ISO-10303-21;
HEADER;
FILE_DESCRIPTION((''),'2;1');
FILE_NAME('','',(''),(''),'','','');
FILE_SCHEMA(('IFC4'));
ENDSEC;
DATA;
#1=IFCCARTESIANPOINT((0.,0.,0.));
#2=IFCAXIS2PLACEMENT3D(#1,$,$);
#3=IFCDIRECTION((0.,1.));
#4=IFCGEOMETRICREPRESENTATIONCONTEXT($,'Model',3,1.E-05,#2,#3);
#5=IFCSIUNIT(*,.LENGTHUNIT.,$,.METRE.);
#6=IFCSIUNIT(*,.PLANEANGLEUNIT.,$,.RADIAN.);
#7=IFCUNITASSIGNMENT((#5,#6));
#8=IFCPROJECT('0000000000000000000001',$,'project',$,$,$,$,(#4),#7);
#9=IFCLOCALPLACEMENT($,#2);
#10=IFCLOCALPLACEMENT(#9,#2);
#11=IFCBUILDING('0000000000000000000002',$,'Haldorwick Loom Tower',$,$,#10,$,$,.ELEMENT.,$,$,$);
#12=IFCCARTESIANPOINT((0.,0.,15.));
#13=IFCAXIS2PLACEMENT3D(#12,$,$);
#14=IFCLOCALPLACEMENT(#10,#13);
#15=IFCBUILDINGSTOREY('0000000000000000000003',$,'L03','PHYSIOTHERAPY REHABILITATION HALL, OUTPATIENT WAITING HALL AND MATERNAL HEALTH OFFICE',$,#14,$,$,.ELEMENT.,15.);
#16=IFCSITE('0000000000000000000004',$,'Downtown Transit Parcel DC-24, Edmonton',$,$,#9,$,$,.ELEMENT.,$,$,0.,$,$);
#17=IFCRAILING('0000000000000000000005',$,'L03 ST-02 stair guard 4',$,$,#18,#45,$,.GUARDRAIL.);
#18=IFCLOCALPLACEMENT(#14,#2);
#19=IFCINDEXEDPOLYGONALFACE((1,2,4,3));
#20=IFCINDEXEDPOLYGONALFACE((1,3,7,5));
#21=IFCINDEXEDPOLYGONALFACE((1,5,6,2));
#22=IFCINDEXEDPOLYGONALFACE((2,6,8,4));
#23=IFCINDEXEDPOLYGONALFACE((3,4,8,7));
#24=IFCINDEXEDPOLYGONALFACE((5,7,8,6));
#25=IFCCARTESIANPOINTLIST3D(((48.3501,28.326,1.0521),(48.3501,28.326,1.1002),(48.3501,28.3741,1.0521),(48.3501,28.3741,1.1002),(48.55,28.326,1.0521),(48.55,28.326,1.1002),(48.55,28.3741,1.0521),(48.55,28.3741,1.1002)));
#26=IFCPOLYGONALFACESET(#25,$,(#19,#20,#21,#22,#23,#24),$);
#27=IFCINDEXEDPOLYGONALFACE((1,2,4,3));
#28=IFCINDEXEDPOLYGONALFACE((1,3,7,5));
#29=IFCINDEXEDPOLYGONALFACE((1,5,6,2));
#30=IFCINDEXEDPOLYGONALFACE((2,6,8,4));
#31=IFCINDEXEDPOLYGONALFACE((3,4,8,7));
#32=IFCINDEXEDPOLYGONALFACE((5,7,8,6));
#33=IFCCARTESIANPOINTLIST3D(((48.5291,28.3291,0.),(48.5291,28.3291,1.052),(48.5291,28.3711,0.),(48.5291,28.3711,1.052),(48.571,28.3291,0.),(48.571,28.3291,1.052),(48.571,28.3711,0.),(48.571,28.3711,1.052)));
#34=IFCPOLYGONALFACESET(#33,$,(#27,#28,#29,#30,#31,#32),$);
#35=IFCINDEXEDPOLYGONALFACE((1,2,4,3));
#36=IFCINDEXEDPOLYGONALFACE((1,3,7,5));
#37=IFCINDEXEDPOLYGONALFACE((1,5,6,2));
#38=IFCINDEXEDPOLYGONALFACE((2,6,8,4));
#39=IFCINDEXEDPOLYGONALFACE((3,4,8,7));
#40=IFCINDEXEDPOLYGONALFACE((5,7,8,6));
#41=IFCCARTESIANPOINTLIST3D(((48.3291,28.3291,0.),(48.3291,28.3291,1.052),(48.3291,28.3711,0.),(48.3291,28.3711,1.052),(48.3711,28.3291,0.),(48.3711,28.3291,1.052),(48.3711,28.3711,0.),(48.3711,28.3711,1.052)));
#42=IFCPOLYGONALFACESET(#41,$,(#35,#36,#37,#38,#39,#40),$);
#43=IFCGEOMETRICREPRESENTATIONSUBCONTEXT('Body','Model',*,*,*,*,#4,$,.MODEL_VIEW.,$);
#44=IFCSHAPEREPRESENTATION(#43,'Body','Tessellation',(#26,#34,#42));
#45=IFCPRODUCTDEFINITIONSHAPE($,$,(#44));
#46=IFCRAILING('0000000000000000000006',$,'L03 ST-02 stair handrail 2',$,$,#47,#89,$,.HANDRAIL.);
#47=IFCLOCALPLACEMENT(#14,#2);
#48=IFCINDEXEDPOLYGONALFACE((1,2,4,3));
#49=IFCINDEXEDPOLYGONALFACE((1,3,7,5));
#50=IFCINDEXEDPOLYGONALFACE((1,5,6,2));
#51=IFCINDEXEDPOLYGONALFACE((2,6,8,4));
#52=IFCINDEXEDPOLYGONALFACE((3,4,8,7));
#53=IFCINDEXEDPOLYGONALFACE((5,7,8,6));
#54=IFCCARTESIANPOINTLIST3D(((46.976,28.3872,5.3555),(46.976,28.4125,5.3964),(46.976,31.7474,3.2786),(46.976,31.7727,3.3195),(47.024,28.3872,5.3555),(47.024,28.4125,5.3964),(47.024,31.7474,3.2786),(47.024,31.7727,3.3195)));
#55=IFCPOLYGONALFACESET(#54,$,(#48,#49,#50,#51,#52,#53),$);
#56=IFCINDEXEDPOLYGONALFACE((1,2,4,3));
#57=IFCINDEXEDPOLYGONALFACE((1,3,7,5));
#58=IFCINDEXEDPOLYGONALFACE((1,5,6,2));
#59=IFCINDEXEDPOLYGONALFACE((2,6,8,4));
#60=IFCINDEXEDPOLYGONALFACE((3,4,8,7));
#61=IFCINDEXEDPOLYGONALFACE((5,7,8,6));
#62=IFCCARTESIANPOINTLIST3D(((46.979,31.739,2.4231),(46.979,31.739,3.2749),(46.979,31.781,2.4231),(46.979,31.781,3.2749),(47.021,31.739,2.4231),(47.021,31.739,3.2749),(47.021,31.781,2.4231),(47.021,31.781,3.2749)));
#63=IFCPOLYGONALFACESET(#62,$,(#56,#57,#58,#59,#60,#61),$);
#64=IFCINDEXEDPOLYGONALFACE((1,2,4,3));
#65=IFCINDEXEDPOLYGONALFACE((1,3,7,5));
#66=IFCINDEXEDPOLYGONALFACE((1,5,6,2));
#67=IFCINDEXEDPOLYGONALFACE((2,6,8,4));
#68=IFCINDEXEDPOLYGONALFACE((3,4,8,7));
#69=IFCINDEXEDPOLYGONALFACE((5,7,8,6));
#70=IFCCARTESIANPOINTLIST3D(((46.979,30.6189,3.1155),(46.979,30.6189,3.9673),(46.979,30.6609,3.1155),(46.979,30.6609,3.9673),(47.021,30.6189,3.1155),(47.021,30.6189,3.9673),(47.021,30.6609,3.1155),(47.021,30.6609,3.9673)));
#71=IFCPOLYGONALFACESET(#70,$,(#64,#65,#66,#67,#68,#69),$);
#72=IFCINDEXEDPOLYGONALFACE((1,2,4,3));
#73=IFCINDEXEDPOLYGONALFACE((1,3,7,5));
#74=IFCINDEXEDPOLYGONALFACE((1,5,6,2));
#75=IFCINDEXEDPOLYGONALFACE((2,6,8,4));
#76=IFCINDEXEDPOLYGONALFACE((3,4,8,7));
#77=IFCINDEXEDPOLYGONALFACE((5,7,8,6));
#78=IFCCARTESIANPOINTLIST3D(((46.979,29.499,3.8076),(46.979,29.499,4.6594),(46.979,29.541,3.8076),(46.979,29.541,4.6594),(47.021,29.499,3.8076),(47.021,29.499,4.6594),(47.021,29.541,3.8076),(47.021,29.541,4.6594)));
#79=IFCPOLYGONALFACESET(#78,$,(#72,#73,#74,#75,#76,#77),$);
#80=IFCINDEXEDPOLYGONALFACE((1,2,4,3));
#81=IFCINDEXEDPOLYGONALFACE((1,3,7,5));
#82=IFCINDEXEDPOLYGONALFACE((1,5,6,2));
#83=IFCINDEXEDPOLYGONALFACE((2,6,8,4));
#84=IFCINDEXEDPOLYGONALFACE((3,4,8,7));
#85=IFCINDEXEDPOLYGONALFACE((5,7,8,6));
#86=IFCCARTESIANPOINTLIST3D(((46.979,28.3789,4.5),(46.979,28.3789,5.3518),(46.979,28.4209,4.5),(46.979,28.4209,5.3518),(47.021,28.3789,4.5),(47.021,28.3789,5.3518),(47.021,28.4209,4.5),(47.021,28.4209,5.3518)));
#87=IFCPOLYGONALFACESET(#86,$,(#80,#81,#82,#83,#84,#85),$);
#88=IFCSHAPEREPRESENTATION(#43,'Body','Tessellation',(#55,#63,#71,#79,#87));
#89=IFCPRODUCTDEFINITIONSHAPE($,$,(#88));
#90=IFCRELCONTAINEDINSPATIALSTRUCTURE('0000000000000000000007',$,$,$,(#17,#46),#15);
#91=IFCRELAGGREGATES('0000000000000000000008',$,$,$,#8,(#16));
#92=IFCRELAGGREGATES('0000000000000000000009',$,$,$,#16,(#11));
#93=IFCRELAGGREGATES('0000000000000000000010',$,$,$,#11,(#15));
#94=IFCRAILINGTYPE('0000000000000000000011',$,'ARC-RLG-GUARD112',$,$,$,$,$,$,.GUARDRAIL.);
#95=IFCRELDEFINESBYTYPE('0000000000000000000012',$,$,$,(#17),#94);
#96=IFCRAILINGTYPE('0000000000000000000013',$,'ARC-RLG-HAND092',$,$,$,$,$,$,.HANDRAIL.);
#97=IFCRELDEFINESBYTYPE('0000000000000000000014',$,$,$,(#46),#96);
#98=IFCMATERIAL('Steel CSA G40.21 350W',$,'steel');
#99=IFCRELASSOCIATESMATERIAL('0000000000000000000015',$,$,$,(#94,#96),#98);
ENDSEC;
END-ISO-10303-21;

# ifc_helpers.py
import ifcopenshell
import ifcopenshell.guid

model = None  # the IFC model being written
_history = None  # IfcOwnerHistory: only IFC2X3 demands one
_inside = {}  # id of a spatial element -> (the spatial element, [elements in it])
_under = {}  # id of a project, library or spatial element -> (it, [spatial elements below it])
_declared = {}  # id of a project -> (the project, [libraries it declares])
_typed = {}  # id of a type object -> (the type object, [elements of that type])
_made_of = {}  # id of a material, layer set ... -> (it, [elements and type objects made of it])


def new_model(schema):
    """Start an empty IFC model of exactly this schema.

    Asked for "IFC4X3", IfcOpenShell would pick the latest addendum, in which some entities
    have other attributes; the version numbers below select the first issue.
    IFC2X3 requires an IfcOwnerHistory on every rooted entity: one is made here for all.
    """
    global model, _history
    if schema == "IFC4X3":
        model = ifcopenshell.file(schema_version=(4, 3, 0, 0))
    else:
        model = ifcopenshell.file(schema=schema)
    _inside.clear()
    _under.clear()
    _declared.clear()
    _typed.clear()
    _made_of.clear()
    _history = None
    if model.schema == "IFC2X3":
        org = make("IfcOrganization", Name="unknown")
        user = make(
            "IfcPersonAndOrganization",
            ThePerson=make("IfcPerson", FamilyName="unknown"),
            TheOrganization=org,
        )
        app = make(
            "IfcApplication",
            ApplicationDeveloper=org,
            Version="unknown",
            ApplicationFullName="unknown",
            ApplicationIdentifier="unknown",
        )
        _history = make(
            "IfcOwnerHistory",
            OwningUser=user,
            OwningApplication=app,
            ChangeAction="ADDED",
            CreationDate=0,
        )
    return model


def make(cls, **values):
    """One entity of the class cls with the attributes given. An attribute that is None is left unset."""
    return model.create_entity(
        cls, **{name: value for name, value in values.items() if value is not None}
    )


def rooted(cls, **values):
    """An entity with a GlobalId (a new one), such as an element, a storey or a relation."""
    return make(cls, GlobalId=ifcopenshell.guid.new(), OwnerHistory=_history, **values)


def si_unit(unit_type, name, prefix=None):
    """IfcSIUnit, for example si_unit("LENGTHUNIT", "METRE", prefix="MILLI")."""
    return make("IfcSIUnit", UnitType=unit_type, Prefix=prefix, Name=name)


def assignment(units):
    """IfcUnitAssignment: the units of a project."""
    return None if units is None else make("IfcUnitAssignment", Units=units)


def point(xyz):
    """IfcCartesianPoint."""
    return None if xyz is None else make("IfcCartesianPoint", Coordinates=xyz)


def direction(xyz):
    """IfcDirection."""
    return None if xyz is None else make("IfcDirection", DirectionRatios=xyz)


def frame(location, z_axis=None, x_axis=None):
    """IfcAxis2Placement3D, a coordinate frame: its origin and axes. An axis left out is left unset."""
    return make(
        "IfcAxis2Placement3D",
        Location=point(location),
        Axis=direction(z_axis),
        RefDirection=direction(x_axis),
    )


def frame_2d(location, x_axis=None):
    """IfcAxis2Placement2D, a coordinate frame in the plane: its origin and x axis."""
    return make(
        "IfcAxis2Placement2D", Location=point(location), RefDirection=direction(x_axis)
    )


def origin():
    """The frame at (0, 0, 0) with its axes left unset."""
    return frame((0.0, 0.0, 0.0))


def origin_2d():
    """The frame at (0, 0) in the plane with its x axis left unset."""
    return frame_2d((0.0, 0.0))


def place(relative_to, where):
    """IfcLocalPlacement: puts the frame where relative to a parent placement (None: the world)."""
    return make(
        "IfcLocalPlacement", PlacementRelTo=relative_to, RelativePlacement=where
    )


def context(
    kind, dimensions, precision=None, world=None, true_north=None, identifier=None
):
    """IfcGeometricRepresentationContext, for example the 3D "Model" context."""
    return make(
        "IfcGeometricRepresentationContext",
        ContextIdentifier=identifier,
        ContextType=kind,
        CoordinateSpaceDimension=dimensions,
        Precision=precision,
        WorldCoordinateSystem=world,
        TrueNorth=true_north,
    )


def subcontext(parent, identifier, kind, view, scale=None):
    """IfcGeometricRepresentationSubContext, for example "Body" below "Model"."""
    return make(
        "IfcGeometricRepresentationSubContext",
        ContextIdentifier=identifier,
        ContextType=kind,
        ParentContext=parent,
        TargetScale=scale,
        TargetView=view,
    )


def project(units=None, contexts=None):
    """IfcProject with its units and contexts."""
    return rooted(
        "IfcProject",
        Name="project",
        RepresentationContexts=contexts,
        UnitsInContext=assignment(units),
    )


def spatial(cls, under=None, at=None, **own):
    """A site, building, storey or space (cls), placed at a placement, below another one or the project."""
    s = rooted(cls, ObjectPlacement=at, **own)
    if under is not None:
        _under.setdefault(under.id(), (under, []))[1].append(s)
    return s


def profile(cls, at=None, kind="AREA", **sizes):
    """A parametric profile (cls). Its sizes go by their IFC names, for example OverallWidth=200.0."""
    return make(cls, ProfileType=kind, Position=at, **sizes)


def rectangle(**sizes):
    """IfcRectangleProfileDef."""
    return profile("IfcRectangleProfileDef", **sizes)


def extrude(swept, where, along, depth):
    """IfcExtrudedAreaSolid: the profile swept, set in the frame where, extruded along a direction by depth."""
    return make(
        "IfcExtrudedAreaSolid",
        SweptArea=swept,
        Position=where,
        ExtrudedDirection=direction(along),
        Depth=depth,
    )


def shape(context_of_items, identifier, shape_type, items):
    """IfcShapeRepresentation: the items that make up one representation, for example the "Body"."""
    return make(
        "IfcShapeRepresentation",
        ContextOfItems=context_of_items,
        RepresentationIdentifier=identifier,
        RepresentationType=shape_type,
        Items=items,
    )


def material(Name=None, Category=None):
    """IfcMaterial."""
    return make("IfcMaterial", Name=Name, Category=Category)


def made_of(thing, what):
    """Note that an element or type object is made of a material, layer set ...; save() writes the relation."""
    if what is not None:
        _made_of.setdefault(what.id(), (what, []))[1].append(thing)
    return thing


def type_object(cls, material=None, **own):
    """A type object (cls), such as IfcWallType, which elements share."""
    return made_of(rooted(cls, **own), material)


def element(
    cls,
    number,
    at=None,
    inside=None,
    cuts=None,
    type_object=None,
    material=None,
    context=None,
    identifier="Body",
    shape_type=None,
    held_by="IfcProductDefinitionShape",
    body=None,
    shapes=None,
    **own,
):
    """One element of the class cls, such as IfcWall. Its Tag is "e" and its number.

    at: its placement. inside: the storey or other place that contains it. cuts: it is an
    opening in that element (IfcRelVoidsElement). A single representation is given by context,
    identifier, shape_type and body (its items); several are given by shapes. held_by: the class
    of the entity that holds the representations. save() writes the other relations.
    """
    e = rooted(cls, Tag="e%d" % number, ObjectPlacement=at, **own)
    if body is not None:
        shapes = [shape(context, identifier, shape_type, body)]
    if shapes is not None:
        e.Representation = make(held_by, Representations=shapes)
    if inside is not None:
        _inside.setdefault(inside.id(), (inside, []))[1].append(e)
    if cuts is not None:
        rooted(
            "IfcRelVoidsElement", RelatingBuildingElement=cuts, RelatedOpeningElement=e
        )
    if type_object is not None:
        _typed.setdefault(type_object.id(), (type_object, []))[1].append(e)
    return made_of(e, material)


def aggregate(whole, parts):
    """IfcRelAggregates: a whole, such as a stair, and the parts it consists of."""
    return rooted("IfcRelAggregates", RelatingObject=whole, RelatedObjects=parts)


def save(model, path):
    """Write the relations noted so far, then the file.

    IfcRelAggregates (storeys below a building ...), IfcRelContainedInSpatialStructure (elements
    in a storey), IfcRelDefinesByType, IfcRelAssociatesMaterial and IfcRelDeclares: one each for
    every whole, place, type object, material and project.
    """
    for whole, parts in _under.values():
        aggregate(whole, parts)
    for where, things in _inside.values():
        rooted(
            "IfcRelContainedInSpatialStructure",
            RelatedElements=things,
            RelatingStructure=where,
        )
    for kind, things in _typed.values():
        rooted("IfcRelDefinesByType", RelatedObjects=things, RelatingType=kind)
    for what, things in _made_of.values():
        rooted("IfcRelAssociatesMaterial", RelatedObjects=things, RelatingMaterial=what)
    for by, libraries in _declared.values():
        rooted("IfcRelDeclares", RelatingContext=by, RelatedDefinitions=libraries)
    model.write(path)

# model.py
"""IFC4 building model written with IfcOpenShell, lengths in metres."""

from ifc_helpers import new_model, si_unit, direction, frame, origin, origin_2d, place, context, subcontext, project, spatial, rectangle, extrude, material, type_object, element, save


model = new_model("IFC4")

# Units and contexts
model_context = context("Model", 3, precision=1e-05, world=origin(), true_north=direction((0.0, 1.0)))
body_context = subcontext(model_context, "Body", "Model", "MODEL_VIEW")
ifc_project = project(units=[si_unit("LENGTHUNIT", "METRE"), si_unit("PLANEANGLEUNIT", "RADIAN")], contexts=[model_context])

# Site, building, storey
site_placement = place(None, origin())
site = spatial("IfcSite", under=ifc_project, at=site_placement, Name="Downtown Transit Parcel DC-24, Edmonton", CompositionType="ELEMENT", RefElevation=0.0)
building_placement = place(site_placement, origin())
building = spatial("IfcBuilding", under=site, at=building_placement, Name="Haldorwick Loom Tower", CompositionType="ELEMENT")
storey_placement = place(building_placement, frame((0.0, 0.0, 15.0)))
storey = spatial("IfcBuildingStorey", under=building, at=storey_placement, Name="L03", Description="PHYSIOTHERAPY REHABILITATION HALL, OUTPATIENT WAITING HALL AND MATERNAL HEALTH OFFICE", CompositionType="ELEMENT", Elevation=15.0)

# Shared definitions
ifc_material_1 = material(Name="Steel CSA G40.21 350W", Category="steel")

# Railings
railing_type_1 = type_object("IfcRailingType", Name="ARC-RLG-GUARD112", PredefinedType="GUARDRAIL", material=ifc_material_1)
railing_1_placement = place(storey_placement, frame((48.55, 28.3501, 0.0)))
element("IfcRailing", 1, at=railing_1_placement, inside=storey, type_object=railing_type_1, Name="L03 ST-02 stair guard 4", PredefinedType="GUARDRAIL", context=body_context, shape_type="SweptSolid", body=[
    extrude(rectangle(XDim=0.0481, YDim=0.0481, at=origin_2d()), frame((0.0, 0.0, 1.0762), z_axis=(-1.0, 0.0, 0.0), x_axis=(0.0, -1.0, 0.0)), (0.0, 0.0, 1.0), 0.2),
    extrude(rectangle(XDim=0.042, YDim=0.042, at=origin_2d()), origin(), (0.0, 0.0, 1.0), 1.052),
    extrude(rectangle(XDim=0.042, YDim=0.042, at=origin_2d()), frame((-0.2, 0.0, 0.0)), (0.0, 0.0, 1.0), 1.052),
])
railing_type_2 = type_object("IfcRailingType", Name="ARC-RLG-HAND092", PredefinedType="HANDRAIL", material=ifc_material_1)
railing_2_placement = place(storey_placement, frame((47.0, 31.76, 2.4231)))
element("IfcRailing", 2, at=railing_2_placement, inside=storey, type_object=railing_type_2, Name="L03 ST-02 stair handrail 2", PredefinedType="HANDRAIL", context=body_context, shape_type="SweptSolid", body=[
    extrude(rectangle(XDim=0.0481, YDim=0.0481, at=origin_2d()), frame((0.0, 0.0, 0.876), z_axis=(0.0, -0.850623, 0.525776), x_axis=(1.0, 0.0, 0.0)), (0.0, 0.0, 1.0), 3.9502),
    extrude(rectangle(XDim=0.042, YDim=0.042, at=origin_2d()), origin(), (0.0, 0.0, 1.0), 0.8518),
    extrude(rectangle(XDim=0.042, YDim=0.042, at=origin_2d()), frame((0.0, -1.1201, 0.6924)), (0.0, 0.0, 1.0), 0.8518),
    extrude(rectangle(XDim=0.042, YDim=0.042, at=origin_2d()), frame((0.0, -2.24, 1.3845)), (0.0, 0.0, 1.0), 0.8518),
    extrude(rectangle(XDim=0.042, YDim=0.042, at=origin_2d()), frame((0.0, -3.3601, 2.0769)), (0.0, 0.0, 1.0), 0.8518),
])

save(model, "model.ifc")
